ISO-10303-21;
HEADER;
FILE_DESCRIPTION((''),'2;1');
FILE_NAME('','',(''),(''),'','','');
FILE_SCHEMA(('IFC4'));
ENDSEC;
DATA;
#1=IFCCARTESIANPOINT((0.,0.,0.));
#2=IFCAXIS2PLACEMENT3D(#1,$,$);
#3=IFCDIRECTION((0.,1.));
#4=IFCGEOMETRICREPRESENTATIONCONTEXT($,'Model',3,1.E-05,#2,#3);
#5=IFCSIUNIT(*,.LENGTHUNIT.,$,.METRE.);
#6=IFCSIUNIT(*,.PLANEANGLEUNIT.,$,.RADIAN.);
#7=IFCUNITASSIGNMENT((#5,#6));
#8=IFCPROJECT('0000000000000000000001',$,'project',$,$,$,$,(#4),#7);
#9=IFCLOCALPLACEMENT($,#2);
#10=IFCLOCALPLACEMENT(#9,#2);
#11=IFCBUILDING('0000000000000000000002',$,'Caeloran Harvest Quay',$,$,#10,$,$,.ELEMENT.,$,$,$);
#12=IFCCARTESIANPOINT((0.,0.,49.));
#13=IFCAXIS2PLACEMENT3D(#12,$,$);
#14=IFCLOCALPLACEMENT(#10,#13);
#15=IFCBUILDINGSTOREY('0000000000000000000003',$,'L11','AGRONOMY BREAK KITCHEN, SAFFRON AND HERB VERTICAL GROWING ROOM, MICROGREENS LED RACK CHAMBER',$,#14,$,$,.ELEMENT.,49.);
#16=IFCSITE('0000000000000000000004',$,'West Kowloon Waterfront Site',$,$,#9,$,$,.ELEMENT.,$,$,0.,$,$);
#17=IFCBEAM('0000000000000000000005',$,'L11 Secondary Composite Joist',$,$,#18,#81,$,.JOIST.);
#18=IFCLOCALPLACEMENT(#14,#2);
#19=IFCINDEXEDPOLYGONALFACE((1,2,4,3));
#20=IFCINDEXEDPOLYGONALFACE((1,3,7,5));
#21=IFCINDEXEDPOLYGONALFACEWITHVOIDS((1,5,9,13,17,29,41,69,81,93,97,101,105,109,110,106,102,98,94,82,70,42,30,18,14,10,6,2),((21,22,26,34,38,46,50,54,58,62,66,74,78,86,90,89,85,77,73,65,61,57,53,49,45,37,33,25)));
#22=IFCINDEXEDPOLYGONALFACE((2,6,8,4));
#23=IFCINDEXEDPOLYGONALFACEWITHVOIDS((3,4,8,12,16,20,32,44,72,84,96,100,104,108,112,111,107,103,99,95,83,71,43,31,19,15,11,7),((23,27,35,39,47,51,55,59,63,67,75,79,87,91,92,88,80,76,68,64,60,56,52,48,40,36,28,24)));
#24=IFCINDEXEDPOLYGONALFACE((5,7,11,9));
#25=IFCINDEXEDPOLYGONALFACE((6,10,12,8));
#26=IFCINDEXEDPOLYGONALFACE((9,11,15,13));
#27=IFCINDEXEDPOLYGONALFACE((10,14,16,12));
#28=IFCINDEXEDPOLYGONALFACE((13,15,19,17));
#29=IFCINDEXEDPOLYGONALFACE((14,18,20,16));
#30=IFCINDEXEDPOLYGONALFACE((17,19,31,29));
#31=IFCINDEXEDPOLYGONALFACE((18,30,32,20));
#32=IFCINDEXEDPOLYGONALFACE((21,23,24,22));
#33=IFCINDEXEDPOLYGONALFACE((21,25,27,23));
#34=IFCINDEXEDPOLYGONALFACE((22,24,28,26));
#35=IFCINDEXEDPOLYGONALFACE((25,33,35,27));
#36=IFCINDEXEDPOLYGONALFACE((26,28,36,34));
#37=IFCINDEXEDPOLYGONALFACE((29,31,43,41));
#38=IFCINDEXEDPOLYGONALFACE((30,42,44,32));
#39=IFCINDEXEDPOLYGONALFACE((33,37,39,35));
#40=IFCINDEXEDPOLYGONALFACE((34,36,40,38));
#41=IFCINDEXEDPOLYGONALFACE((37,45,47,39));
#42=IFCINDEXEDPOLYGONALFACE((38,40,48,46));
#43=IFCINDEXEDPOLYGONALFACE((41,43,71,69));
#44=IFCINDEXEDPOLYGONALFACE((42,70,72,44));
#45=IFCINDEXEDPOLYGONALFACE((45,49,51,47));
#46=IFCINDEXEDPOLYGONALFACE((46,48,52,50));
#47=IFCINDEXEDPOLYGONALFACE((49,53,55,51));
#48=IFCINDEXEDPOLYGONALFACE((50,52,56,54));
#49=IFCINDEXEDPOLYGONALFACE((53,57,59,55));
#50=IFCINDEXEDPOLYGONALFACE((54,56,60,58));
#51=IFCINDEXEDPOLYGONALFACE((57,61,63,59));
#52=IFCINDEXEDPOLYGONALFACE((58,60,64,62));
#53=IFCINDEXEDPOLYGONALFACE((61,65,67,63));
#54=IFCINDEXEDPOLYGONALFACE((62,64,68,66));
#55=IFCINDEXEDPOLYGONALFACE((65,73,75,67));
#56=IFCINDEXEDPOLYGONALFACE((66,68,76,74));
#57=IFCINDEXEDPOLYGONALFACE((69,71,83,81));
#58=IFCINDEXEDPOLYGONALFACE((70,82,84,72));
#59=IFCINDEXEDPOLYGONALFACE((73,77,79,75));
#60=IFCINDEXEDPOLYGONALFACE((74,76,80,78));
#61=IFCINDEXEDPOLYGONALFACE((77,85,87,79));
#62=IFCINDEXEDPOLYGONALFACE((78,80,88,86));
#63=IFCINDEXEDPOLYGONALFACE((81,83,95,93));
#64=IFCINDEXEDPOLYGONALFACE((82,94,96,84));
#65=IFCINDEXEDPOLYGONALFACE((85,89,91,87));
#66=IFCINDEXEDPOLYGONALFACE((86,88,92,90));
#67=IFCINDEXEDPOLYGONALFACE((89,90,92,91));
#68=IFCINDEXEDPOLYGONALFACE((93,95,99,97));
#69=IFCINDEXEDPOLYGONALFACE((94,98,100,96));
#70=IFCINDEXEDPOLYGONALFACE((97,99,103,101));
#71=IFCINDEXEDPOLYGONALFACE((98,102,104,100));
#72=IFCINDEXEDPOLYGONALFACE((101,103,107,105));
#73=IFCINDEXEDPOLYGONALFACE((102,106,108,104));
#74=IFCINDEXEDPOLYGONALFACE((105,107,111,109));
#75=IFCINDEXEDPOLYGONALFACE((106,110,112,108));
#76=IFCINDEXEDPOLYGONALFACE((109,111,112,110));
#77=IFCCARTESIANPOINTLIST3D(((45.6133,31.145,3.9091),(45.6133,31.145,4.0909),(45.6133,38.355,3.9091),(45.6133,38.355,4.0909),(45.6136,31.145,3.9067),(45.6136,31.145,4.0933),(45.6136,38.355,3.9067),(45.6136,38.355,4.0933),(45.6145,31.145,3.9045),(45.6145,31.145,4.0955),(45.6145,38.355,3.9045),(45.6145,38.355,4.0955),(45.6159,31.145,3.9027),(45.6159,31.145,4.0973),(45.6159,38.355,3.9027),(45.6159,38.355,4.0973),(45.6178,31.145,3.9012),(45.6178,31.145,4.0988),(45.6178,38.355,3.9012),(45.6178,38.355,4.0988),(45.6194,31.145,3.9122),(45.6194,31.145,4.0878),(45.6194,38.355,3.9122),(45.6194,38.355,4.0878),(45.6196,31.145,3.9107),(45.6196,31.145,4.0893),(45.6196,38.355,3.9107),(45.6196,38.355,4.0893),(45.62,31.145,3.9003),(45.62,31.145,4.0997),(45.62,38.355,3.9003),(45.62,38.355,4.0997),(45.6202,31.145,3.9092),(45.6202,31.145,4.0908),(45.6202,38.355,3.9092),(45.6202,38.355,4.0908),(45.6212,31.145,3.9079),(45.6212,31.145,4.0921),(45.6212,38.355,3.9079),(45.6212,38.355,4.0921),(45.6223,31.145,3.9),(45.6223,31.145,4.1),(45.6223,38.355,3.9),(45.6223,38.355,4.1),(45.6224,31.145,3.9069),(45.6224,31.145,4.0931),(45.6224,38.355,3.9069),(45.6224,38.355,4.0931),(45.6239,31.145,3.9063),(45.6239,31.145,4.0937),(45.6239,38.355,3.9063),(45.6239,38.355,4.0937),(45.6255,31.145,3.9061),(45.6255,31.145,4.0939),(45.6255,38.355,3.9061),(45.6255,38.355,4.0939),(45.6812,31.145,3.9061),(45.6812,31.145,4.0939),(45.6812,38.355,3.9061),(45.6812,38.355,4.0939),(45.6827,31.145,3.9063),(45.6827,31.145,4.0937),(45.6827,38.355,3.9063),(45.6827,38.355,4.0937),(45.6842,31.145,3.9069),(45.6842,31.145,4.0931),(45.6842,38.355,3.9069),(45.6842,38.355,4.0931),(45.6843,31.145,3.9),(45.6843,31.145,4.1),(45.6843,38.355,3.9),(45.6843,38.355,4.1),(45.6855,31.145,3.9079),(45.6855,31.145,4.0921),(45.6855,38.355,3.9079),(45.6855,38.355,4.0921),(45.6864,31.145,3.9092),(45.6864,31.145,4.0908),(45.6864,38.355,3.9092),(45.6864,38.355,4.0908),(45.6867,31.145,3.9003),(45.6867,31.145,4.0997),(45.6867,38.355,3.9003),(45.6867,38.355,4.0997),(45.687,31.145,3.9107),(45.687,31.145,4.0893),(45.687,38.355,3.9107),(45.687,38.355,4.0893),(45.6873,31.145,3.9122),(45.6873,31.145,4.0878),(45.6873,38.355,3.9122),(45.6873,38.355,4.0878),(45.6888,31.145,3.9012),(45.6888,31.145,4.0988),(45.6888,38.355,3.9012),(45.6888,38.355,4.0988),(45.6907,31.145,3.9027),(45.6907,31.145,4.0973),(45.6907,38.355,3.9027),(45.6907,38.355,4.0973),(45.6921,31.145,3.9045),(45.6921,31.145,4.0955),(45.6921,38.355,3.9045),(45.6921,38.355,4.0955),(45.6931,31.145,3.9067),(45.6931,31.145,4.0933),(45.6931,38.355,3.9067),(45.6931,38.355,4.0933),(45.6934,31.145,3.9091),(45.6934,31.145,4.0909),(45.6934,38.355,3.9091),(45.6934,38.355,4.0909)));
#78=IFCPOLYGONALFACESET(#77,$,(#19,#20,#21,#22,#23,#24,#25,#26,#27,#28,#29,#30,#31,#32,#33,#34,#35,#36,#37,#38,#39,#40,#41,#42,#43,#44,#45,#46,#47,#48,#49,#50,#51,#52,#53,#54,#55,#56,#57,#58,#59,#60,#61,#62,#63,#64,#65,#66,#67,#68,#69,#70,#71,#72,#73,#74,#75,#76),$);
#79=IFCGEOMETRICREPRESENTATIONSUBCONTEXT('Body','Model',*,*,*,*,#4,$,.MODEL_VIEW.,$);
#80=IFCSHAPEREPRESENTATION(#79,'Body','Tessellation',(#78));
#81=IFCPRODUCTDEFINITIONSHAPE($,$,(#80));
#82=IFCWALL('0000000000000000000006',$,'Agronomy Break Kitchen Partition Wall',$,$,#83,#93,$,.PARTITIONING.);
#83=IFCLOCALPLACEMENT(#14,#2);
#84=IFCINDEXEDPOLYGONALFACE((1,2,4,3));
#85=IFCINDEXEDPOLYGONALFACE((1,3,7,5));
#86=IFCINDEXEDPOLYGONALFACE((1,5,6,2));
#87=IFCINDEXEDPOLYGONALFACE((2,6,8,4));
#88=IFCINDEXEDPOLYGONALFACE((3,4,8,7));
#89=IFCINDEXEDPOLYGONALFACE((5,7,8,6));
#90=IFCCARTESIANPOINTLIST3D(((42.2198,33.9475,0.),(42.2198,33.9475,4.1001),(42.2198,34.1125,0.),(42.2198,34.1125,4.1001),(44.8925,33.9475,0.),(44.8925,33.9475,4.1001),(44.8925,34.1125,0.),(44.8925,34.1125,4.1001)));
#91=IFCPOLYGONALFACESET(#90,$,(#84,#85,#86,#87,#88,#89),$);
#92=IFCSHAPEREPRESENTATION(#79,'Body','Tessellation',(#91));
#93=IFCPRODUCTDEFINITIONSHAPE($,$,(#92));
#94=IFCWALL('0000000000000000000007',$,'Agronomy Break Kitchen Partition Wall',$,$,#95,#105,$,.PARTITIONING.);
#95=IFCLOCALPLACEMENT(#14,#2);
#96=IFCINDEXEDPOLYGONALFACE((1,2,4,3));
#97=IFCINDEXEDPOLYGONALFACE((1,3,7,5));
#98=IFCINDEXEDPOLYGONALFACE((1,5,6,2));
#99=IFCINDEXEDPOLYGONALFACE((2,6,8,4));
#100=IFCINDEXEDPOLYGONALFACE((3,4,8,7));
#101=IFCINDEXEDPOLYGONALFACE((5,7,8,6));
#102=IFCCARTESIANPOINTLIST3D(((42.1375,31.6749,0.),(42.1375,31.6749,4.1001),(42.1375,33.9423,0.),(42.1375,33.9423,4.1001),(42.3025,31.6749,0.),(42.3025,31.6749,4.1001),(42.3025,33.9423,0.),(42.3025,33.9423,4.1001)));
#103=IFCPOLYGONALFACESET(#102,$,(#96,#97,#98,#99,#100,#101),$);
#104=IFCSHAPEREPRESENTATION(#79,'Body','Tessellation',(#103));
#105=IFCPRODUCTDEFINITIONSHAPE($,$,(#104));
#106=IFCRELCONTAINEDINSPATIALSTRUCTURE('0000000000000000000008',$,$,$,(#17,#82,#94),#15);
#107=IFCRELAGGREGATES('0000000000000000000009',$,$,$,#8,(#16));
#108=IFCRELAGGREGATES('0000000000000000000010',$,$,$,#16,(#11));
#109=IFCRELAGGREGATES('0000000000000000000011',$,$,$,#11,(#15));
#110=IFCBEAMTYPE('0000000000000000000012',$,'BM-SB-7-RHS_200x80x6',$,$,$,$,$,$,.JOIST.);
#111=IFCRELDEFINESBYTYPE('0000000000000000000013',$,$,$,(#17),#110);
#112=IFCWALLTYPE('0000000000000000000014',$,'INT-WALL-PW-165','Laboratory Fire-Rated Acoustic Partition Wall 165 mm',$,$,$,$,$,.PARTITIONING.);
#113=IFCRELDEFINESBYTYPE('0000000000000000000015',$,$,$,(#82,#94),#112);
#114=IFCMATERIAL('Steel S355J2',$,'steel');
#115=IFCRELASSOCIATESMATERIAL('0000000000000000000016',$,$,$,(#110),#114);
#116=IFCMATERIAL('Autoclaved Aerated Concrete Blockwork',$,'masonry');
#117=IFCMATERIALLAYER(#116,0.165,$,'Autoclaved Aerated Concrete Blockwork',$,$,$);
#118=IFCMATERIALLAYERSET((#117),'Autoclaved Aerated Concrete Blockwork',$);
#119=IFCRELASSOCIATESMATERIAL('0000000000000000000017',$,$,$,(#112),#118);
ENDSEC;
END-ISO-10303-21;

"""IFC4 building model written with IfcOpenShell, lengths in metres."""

from ifc_helpers import new_model, si_unit, direction, frame, frame_2d, origin, origin_2d, place, context, subcontext, project, spatial, rectangle, hollow_rectangle, extrude, material, layer, layer_set, material_profile, profile_set, type_object, element, save


model = new_model("IFC4")

# Units and contexts
model_context = context("Model", 3, precision=1e-05, world=origin(), true_north=direction((0.0, 1.0)))
body_context = subcontext(model_context, "Body", "Model", "MODEL_VIEW")
ifc_project = project(units=[si_unit("LENGTHUNIT", "METRE"), si_unit("PLANEANGLEUNIT", "RADIAN")], contexts=[model_context])

# Site, building, storey
site_placement = place(None, origin())
site = spatial("IfcSite", under=ifc_project, at=site_placement, Name="West Kowloon Waterfront Site", CompositionType="ELEMENT", RefElevation=0.0)
building_placement = place(site_placement, origin())
building = spatial("IfcBuilding", under=site, at=building_placement, Name="Caeloran Harvest Quay", CompositionType="ELEMENT")
storey_placement = place(building_placement, frame((0.0, 0.0, 49.0)))
storey = spatial("IfcBuildingStorey", under=building, at=storey_placement, Name="L11", Description="AGRONOMY BREAK KITCHEN, SAFFRON AND HERB VERTICAL GROWING ROOM, MICROGREENS LED RACK CHAMBER", CompositionType="ELEMENT", Elevation=49.0)

# Beam
ifc_material_1 = material(Name="Steel S355J2", Category="steel")
ifc_material_profile_1 = material_profile(ifc_material_1, hollow_rectangle(XDim=0.0801, YDim=0.2, WallThickness=0.0061, InnerFilletRadius=0.0061, OuterFilletRadius=0.009, at=origin_2d()), Name="RHS 200x80x6")
ifc_profile_set_1 = profile_set([ifc_material_profile_1], Name="Steel S355J2")
beam_type_1 = type_object("IfcBeamType", Name="BM-SB-7-RHS_200x80x6", PredefinedType="JOIST", material=ifc_profile_set_1)
for number, where, z_axis, x_axis, name in (
    (1, (45.6533, 31.145, 4.0), (0.0, 1.0, 0.0), (-1.0, 0.0, 0.0), "L11 Secondary Composite Joist"),
):
    element("IfcBeam", number, at=place(storey_placement, frame(where, z_axis=z_axis, x_axis=x_axis)), inside=storey, type_object=beam_type_1, Name=name, PredefinedType="JOIST", context=body_context, shape_type="SweptSolid", body=[
        extrude(hollow_rectangle(XDim=0.0801, YDim=0.2, WallThickness=0.0061, InnerFilletRadius=0.0061, OuterFilletRadius=0.009, at=origin_2d()), origin(), (0.0, 0.0, 1.0), 7.21),
    ])

# Walls
ifc_material_2 = material(Name="Autoclaved Aerated Concrete Blockwork", Category="masonry")
ifc_layer = layer(ifc_material_2, 0.165, Name="Autoclaved Aerated Concrete Blockwork")
ifc_layer_set = layer_set([ifc_layer], Name="Autoclaved Aerated Concrete Blockwork")
wall_type = type_object("IfcWallType", Name="INT-WALL-PW-165", Description="Laboratory Fire-Rated Acoustic Partition Wall 165 mm", PredefinedType="PARTITIONING", material=ifc_layer_set)
wall_1_placement = place(storey_placement, frame((44.8926, 34.03, 0.0), z_axis=(0.0, 0.0, 1.0), x_axis=(-1.0, 0.0, 0.0)))
element("IfcWall", 2, at=wall_1_placement, inside=storey, type_object=wall_type, Name="Agronomy Break Kitchen Partition Wall", PredefinedType="PARTITIONING", context=body_context, shape_type="SweptSolid", body=[
    extrude(rectangle(XDim=2.6726, YDim=0.165, at=frame_2d((1.3364, 0.0))), origin(), (0.0, 0.0, 1.0), 4.1001),
])
wall_2_placement = place(storey_placement, frame((42.22, 33.9424, 0.0), z_axis=(0.0, 0.0, 1.0), x_axis=(0.0, -1.0, 0.0)))
element("IfcWall", 3, at=wall_2_placement, inside=storey, type_object=wall_type, Name="Agronomy Break Kitchen Partition Wall", PredefinedType="PARTITIONING", context=body_context, shape_type="SweptSolid", body=[
    extrude(rectangle(XDim=2.2673, YDim=0.165, at=frame_2d((1.1338, 0.0))), origin(), (0.0, 0.0, 1.0), 4.1001),
])

save(model, "model.ifc")
